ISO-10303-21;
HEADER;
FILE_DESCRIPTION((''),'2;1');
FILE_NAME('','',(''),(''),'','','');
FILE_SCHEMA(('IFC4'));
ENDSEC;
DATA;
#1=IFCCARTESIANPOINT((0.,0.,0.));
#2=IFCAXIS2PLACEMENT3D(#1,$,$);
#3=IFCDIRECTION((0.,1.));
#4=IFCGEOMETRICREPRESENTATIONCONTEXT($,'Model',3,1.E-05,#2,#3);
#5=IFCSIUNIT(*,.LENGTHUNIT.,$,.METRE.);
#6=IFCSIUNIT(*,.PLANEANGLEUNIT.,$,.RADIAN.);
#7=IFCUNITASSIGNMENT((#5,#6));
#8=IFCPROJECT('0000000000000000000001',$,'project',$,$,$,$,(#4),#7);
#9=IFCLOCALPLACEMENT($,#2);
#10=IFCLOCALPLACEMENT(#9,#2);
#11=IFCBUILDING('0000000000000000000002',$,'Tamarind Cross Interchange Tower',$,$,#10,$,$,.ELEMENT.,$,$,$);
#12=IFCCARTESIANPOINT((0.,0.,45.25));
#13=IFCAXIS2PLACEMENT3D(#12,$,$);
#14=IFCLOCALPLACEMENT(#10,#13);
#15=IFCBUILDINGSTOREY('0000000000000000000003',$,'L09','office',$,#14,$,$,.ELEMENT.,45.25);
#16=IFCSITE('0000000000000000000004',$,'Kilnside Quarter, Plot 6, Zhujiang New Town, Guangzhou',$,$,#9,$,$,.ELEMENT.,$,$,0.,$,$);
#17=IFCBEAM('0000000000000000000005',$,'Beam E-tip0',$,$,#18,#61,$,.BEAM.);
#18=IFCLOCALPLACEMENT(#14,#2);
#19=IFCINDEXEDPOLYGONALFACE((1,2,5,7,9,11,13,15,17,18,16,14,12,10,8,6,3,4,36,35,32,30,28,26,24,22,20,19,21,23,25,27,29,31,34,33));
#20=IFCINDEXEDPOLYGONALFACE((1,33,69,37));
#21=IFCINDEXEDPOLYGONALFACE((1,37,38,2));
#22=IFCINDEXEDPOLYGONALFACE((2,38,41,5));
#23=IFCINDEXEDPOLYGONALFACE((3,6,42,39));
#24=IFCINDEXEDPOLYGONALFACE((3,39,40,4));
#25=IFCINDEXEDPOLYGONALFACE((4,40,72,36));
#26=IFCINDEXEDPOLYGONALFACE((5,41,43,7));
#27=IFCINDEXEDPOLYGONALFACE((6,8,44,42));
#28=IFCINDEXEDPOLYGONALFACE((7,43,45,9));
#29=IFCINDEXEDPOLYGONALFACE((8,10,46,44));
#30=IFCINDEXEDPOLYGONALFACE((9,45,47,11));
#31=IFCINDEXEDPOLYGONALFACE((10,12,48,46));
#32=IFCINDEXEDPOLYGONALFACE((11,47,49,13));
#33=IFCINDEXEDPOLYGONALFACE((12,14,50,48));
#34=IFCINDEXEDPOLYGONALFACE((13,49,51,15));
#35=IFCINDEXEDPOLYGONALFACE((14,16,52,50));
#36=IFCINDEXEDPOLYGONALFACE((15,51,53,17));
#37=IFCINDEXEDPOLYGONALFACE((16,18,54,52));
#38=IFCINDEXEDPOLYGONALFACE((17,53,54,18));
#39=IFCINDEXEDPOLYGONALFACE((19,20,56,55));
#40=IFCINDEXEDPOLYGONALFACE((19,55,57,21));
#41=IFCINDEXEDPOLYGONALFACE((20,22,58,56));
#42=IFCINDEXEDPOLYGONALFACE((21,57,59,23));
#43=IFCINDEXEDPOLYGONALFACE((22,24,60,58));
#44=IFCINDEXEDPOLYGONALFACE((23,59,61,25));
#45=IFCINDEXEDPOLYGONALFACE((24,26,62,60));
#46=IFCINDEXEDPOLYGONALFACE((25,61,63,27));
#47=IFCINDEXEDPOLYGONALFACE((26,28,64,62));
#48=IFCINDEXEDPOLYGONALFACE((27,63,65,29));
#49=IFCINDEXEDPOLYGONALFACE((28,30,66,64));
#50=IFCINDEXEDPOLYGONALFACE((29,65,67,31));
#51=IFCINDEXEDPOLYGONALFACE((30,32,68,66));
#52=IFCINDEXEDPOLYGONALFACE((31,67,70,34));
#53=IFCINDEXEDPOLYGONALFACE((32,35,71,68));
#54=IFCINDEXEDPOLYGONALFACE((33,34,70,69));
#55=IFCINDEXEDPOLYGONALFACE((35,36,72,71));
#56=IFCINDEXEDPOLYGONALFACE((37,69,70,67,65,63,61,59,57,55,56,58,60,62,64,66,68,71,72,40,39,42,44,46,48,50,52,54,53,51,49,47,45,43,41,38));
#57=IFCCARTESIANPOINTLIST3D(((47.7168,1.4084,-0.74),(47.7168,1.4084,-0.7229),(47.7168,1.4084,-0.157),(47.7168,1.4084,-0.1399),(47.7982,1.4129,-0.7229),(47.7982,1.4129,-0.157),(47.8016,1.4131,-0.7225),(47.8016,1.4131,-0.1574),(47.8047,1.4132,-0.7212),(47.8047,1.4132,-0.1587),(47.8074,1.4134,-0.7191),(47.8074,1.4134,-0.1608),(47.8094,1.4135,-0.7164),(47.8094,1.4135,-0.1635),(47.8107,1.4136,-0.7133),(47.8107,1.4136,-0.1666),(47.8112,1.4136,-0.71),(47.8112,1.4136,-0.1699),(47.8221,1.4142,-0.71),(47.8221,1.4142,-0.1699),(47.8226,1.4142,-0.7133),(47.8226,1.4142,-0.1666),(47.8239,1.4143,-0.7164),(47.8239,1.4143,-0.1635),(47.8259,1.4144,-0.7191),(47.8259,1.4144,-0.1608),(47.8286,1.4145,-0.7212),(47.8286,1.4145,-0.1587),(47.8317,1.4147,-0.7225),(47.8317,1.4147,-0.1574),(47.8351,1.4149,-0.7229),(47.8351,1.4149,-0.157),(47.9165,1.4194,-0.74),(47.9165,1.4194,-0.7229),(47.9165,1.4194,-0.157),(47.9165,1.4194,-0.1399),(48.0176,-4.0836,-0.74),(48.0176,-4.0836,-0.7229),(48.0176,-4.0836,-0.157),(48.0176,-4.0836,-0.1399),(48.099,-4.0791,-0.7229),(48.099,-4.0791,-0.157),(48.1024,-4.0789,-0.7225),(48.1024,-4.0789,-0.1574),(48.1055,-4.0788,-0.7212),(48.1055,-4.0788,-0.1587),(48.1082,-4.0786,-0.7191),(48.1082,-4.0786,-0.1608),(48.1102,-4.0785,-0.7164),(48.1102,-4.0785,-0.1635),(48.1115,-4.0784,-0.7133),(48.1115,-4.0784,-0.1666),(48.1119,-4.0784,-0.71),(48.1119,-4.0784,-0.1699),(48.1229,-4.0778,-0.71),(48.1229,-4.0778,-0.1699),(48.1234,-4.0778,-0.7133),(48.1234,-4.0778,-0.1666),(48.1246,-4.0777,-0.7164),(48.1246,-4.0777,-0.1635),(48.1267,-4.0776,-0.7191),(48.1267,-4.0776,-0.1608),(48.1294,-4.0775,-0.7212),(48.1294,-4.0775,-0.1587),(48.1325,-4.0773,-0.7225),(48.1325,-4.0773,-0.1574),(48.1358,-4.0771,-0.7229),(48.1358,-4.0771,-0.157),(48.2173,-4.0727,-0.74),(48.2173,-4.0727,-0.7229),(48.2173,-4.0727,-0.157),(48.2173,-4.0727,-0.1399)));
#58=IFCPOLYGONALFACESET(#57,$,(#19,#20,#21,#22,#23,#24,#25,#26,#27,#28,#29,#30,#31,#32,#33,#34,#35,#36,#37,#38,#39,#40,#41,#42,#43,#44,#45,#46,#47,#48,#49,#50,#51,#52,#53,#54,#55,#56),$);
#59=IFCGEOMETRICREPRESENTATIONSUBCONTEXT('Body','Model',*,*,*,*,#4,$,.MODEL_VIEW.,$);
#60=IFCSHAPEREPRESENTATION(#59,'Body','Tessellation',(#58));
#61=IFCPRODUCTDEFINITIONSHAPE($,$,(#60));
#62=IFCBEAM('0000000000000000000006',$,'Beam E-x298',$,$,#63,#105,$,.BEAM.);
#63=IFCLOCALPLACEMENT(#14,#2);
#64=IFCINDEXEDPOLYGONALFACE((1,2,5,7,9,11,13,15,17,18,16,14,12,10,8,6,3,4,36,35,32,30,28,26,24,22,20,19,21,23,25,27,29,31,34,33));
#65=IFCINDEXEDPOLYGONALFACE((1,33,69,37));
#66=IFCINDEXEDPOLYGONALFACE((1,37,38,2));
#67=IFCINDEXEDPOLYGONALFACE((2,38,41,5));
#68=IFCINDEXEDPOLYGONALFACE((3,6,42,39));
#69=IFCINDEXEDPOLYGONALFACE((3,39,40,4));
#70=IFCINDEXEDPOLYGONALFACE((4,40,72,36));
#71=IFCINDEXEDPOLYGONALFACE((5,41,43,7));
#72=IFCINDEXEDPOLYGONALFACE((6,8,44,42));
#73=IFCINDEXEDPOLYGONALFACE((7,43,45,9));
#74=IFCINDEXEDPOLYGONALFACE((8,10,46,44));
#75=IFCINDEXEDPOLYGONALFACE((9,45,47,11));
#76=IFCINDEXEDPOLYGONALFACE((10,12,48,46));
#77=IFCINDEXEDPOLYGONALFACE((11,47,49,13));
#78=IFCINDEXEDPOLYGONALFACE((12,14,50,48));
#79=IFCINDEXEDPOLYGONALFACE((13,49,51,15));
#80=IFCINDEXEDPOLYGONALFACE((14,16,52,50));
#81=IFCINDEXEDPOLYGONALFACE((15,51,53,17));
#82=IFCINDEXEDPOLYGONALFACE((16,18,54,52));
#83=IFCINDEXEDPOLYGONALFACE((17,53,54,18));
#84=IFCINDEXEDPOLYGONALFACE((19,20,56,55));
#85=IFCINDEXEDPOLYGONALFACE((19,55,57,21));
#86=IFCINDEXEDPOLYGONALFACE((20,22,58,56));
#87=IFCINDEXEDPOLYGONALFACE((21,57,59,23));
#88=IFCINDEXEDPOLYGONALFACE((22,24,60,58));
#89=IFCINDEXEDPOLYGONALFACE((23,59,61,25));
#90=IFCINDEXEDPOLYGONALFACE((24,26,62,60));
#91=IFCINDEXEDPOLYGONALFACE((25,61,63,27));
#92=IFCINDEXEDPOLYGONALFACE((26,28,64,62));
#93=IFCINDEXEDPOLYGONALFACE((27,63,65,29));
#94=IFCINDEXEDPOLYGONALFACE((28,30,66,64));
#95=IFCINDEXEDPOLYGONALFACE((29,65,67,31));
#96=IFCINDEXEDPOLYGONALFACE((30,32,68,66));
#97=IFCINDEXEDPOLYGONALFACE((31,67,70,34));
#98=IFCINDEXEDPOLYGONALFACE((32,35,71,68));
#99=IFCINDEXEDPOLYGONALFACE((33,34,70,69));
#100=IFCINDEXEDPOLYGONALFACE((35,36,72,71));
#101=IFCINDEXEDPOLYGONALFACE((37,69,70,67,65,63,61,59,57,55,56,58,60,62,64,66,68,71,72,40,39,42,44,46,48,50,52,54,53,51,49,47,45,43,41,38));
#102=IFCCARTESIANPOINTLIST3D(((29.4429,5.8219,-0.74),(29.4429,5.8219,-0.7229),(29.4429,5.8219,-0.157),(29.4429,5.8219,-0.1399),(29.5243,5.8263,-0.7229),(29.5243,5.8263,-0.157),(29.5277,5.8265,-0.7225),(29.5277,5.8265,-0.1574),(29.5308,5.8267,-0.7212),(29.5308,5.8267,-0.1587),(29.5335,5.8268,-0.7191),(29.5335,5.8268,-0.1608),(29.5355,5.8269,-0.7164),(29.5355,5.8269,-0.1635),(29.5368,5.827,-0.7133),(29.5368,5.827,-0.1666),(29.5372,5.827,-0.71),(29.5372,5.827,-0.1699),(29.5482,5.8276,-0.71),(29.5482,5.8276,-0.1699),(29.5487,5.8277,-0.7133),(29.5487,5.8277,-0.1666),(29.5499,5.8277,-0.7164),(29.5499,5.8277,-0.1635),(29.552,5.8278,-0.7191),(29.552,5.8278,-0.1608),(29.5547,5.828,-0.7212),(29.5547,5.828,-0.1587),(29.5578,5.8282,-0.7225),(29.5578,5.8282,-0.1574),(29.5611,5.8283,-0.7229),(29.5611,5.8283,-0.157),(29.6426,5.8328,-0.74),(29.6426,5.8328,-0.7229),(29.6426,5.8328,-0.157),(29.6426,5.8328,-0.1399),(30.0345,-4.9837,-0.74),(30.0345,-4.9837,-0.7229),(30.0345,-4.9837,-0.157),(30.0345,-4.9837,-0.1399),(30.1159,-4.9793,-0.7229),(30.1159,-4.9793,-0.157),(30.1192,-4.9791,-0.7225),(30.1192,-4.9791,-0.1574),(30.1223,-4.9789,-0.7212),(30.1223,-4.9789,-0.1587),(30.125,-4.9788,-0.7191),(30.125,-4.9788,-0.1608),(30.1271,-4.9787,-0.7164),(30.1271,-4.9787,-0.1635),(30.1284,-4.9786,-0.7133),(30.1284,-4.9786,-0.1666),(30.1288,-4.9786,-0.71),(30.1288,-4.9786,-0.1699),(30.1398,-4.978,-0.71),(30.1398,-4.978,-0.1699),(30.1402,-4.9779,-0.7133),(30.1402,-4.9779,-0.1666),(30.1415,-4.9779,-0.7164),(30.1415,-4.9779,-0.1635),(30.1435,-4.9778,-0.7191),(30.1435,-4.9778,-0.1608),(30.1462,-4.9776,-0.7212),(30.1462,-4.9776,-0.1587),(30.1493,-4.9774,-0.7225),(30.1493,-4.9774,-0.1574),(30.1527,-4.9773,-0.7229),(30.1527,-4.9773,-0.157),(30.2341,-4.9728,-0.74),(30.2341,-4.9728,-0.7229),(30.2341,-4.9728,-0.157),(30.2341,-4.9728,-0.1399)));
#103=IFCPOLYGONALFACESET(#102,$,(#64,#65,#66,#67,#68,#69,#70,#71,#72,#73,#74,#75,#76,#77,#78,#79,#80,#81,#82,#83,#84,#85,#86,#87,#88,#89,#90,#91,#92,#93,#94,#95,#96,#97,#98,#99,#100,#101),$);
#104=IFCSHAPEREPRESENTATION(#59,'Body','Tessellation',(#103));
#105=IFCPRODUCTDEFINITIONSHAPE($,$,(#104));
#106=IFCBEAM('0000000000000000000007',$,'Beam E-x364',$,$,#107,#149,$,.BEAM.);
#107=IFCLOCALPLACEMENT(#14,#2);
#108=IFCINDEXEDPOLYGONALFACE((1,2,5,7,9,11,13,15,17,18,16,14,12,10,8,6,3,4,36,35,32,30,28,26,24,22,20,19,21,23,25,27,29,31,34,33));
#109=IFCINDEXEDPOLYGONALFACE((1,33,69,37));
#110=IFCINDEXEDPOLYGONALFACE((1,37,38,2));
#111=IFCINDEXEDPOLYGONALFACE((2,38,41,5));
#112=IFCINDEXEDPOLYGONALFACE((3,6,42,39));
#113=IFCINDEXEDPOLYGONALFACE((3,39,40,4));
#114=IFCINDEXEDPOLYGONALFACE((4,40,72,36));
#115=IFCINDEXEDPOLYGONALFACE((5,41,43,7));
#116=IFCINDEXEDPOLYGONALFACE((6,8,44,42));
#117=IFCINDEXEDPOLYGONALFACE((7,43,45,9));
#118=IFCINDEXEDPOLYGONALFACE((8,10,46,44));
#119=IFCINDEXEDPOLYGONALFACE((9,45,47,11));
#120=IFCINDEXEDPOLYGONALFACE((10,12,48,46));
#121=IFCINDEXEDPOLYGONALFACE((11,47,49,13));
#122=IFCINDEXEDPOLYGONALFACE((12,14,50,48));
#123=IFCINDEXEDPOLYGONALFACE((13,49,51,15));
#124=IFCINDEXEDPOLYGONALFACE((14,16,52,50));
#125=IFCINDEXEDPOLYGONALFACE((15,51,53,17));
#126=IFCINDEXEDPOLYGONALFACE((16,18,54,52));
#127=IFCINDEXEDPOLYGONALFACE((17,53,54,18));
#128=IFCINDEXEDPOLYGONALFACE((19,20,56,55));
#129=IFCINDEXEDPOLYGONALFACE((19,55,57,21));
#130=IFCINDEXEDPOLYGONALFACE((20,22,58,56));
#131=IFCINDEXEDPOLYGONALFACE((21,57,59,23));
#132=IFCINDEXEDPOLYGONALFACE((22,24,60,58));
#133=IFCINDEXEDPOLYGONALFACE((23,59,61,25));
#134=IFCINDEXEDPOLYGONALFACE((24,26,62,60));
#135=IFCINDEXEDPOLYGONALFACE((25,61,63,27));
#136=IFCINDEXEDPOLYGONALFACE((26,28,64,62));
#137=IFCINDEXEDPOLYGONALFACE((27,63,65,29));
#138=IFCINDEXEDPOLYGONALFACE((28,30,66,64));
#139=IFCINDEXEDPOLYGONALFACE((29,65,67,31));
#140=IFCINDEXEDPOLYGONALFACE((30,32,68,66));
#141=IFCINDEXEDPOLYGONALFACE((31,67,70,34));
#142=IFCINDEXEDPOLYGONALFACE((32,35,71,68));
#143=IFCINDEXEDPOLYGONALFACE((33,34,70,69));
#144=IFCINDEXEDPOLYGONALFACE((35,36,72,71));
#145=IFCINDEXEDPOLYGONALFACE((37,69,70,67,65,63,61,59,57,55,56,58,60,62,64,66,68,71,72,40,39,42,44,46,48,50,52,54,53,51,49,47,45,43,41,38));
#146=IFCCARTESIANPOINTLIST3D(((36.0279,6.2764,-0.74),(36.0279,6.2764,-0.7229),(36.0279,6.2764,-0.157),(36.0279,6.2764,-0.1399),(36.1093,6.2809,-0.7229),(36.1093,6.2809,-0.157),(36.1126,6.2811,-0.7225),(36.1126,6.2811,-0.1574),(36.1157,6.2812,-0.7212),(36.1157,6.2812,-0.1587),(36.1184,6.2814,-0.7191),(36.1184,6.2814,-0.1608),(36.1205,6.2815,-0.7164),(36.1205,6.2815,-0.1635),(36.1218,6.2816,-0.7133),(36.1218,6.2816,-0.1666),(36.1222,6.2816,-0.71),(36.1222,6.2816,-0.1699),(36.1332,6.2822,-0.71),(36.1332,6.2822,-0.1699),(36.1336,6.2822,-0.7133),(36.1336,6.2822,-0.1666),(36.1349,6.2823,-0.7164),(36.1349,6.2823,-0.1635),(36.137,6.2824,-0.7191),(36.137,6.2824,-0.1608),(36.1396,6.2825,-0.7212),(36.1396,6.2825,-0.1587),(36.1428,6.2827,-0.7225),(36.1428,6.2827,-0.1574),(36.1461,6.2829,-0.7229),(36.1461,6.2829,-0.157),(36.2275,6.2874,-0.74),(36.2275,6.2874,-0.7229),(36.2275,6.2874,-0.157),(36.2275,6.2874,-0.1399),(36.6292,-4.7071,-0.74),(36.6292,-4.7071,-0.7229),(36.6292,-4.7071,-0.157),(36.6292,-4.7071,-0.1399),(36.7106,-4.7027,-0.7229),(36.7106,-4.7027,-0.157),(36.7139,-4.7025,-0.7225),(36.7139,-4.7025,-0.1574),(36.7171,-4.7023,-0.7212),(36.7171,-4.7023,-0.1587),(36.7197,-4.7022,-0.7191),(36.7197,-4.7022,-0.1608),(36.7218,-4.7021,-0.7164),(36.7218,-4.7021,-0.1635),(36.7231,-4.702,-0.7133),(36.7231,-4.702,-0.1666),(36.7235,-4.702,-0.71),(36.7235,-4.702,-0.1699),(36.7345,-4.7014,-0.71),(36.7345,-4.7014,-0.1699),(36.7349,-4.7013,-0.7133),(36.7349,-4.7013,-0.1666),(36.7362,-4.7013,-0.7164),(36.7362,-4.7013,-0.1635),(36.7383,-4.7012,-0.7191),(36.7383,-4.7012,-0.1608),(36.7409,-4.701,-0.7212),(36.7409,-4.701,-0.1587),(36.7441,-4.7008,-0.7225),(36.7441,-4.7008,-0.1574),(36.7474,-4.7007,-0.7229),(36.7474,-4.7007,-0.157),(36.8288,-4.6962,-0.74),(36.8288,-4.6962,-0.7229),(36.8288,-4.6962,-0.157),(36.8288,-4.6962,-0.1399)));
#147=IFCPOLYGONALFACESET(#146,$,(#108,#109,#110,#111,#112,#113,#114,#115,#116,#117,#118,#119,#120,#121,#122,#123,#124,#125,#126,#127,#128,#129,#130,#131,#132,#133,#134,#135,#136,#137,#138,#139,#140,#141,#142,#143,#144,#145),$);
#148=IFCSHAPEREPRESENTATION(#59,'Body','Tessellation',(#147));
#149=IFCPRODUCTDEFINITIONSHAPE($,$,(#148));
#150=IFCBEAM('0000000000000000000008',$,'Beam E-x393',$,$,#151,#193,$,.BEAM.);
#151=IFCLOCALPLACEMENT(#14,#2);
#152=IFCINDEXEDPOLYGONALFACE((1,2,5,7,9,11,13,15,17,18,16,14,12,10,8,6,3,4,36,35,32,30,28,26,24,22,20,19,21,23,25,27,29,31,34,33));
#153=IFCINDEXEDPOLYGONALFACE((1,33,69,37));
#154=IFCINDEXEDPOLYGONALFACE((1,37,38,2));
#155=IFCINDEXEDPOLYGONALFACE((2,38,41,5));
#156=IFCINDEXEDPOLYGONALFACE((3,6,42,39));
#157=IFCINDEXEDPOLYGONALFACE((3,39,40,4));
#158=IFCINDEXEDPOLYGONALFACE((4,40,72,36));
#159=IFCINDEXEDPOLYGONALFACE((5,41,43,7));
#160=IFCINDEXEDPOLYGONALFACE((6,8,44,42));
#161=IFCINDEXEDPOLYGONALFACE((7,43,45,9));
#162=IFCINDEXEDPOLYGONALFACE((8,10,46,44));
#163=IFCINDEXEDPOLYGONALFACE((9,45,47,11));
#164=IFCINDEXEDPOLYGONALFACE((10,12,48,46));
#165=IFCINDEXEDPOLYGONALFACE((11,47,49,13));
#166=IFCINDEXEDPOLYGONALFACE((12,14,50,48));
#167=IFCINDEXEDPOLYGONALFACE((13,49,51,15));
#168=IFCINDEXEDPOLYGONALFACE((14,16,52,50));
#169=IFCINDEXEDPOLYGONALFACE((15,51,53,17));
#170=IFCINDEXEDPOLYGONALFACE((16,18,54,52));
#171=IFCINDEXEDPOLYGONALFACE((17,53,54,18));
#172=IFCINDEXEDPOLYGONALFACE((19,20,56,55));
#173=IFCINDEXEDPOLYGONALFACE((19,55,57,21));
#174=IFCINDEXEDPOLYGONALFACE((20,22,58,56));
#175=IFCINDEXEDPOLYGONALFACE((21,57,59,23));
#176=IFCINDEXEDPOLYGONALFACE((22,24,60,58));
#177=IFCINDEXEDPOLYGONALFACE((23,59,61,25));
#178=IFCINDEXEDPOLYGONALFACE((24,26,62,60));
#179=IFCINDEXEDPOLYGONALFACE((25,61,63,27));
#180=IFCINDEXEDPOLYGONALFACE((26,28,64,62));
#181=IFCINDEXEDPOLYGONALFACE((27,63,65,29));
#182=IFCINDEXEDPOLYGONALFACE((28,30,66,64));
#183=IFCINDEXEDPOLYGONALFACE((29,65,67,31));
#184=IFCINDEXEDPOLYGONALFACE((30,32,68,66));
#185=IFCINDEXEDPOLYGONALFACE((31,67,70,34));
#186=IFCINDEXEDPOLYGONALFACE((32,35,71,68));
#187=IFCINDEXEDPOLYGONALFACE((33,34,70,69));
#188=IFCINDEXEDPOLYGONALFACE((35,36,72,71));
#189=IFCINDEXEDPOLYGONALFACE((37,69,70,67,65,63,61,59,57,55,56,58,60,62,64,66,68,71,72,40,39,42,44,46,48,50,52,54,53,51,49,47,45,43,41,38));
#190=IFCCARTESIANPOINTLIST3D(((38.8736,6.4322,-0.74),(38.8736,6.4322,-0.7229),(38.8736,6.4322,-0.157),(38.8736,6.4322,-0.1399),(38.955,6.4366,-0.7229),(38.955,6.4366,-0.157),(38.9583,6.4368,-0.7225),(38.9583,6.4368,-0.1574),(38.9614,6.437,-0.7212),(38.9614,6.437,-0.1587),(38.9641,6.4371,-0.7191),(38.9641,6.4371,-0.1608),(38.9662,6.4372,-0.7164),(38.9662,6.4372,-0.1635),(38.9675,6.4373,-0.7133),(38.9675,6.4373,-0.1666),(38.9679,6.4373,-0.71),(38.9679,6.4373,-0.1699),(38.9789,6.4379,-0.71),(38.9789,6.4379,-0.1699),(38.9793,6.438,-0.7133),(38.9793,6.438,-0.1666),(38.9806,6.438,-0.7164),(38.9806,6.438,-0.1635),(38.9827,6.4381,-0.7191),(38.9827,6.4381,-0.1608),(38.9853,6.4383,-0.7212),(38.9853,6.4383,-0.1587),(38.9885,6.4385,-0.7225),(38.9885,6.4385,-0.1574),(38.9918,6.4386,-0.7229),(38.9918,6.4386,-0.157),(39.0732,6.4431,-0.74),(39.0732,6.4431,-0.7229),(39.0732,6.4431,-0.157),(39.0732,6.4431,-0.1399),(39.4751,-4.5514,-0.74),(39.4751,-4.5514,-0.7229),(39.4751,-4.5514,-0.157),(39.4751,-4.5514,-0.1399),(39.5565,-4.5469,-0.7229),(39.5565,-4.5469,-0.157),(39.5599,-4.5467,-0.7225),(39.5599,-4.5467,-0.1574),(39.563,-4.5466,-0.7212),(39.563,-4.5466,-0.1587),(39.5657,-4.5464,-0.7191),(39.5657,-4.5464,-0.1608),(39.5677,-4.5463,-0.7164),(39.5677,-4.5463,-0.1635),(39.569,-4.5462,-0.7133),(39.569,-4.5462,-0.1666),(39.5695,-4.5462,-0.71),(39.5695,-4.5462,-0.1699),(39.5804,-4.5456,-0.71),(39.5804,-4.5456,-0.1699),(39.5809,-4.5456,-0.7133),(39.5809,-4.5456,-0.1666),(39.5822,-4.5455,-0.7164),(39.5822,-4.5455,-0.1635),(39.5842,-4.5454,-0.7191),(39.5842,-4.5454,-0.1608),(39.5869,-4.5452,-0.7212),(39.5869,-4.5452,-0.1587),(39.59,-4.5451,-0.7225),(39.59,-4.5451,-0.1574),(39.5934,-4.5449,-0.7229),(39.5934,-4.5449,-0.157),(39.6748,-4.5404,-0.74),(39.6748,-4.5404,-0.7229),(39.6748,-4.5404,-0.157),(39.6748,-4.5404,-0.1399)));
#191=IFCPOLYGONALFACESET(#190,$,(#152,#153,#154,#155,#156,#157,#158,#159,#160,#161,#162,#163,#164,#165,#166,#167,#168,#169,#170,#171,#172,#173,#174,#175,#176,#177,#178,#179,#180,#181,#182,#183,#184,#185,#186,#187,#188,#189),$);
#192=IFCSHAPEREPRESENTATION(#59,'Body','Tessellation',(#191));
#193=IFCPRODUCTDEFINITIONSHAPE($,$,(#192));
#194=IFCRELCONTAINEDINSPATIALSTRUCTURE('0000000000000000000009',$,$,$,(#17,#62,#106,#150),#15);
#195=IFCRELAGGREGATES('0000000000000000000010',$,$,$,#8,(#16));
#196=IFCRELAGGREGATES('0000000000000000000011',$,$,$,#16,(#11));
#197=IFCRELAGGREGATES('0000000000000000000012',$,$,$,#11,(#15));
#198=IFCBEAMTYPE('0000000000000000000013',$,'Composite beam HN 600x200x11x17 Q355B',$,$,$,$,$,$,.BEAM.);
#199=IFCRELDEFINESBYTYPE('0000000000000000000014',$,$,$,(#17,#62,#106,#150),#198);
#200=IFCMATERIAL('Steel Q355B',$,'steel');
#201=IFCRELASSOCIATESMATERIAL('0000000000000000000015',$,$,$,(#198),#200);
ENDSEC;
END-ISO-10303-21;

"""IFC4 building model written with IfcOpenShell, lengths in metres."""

from ifc_helpers import new_model, si_unit, direction, frame, origin, origin_2d, place, context, subcontext, project, spatial, i_section, extrude, material, material_profile, profile_set, type_object, element, save


model = new_model("IFC4")

# Units and contexts
model_context = context("Model", 3, precision=1e-05, world=origin(), true_north=direction((0.0, 1.0)))
body_context = subcontext(model_context, "Body", "Model", "MODEL_VIEW")
ifc_project = project(units=[si_unit("LENGTHUNIT", "METRE"), si_unit("PLANEANGLEUNIT", "RADIAN")], contexts=[model_context])

# Site, building, storey
site_placement = place(None, origin())
site = spatial("IfcSite", under=ifc_project, at=site_placement, Name="Kilnside Quarter, Plot 6, Zhujiang New Town, Guangzhou", CompositionType="ELEMENT", RefElevation=0.0)
building_placement = place(site_placement, origin())
building = spatial("IfcBuilding", under=site, at=building_placement, Name="Tamarind Cross Interchange Tower", CompositionType="ELEMENT")
storey_placement = place(building_placement, frame((0.0, 0.0, 45.25)))
storey = spatial("IfcBuildingStorey", under=building, at=storey_placement, Name="L09", Description="office", CompositionType="ELEMENT", Elevation=45.25)

# Beams
ifc_material_1 = material(Name="Steel Q355B", Category="steel")
ifc_material_profile_1 = material_profile(ifc_material_1, i_section(OverallWidth=0.2, OverallDepth=0.6001, WebThickness=0.011, FlangeThickness=0.0171, FilletRadius=0.0129, at=origin_2d()), Name="HN 600x200x11x17")
ifc_profile_set_1 = profile_set([ifc_material_profile_1], Name="Steel Q355B")
beam_type_1 = type_object("IfcBeamType", Name="Composite beam HN 600x200x11x17 Q355B", PredefinedType="BEAM", material=ifc_profile_set_1)
beam_1_placement = place(storey_placement, frame((48.1174, -4.0781, -0.4399), z_axis=(-0.054686, 0.998504, 0.0), x_axis=(-0.998504, -0.054686, 0.0)))
element("IfcBeam", 1, at=beam_1_placement, inside=storey, type_object=beam_type_1, Name="Beam E-tip0", PredefinedType="BEAM", context=body_context, shape_type="SweptSolid", body=[
    extrude(i_section(OverallWidth=0.2, OverallDepth=0.6001, WebThickness=0.011, FlangeThickness=0.0171, FilletRadius=0.0129, at=origin_2d()), origin(), (0.0, 0.0, 1.0), 5.5002),
])
beam_2_placement = place(storey_placement, frame((30.1343, -4.9783, -0.4399), z_axis=(-0.054663, 0.998505, 0.0), x_axis=(-0.998505, -0.054663, 0.0)))
element("IfcBeam", 2, at=beam_2_placement, inside=storey, type_object=beam_type_1, Name="Beam E-x298", PredefinedType="BEAM", context=body_context, shape_type="SweptSolid", body=[
    extrude(i_section(OverallWidth=0.2, OverallDepth=0.6001, WebThickness=0.011, FlangeThickness=0.0171, FilletRadius=0.0129, at=origin_2d()), origin(), (0.0, 0.0, 1.0), 10.8218),
])
for number, where, z_axis, x_axis, name in (
    (3, (36.729, -4.7017, -0.4399), (-0.054665, 0.998505, 0.0), (-0.998505, -0.054665, 0.0), "Beam E-x364"),
    (4, (39.575, -4.5459, -0.4399), (-0.054687, 0.998504, 0.0), (-0.998504, -0.054687, 0.0), "Beam E-x393"),
):
    element("IfcBeam", number, at=place(storey_placement, frame(where, z_axis=z_axis, x_axis=x_axis)), inside=storey, type_object=beam_type_1, Name=name, PredefinedType="BEAM", context=body_context, shape_type="SweptSolid", body=[
        extrude(i_section(OverallWidth=0.2, OverallDepth=0.6001, WebThickness=0.011, FlangeThickness=0.0171, FilletRadius=0.0129, at=origin_2d()), origin(), (0.0, 0.0, 1.0), 11.0),
    ])

save(model, "model.ifc")
